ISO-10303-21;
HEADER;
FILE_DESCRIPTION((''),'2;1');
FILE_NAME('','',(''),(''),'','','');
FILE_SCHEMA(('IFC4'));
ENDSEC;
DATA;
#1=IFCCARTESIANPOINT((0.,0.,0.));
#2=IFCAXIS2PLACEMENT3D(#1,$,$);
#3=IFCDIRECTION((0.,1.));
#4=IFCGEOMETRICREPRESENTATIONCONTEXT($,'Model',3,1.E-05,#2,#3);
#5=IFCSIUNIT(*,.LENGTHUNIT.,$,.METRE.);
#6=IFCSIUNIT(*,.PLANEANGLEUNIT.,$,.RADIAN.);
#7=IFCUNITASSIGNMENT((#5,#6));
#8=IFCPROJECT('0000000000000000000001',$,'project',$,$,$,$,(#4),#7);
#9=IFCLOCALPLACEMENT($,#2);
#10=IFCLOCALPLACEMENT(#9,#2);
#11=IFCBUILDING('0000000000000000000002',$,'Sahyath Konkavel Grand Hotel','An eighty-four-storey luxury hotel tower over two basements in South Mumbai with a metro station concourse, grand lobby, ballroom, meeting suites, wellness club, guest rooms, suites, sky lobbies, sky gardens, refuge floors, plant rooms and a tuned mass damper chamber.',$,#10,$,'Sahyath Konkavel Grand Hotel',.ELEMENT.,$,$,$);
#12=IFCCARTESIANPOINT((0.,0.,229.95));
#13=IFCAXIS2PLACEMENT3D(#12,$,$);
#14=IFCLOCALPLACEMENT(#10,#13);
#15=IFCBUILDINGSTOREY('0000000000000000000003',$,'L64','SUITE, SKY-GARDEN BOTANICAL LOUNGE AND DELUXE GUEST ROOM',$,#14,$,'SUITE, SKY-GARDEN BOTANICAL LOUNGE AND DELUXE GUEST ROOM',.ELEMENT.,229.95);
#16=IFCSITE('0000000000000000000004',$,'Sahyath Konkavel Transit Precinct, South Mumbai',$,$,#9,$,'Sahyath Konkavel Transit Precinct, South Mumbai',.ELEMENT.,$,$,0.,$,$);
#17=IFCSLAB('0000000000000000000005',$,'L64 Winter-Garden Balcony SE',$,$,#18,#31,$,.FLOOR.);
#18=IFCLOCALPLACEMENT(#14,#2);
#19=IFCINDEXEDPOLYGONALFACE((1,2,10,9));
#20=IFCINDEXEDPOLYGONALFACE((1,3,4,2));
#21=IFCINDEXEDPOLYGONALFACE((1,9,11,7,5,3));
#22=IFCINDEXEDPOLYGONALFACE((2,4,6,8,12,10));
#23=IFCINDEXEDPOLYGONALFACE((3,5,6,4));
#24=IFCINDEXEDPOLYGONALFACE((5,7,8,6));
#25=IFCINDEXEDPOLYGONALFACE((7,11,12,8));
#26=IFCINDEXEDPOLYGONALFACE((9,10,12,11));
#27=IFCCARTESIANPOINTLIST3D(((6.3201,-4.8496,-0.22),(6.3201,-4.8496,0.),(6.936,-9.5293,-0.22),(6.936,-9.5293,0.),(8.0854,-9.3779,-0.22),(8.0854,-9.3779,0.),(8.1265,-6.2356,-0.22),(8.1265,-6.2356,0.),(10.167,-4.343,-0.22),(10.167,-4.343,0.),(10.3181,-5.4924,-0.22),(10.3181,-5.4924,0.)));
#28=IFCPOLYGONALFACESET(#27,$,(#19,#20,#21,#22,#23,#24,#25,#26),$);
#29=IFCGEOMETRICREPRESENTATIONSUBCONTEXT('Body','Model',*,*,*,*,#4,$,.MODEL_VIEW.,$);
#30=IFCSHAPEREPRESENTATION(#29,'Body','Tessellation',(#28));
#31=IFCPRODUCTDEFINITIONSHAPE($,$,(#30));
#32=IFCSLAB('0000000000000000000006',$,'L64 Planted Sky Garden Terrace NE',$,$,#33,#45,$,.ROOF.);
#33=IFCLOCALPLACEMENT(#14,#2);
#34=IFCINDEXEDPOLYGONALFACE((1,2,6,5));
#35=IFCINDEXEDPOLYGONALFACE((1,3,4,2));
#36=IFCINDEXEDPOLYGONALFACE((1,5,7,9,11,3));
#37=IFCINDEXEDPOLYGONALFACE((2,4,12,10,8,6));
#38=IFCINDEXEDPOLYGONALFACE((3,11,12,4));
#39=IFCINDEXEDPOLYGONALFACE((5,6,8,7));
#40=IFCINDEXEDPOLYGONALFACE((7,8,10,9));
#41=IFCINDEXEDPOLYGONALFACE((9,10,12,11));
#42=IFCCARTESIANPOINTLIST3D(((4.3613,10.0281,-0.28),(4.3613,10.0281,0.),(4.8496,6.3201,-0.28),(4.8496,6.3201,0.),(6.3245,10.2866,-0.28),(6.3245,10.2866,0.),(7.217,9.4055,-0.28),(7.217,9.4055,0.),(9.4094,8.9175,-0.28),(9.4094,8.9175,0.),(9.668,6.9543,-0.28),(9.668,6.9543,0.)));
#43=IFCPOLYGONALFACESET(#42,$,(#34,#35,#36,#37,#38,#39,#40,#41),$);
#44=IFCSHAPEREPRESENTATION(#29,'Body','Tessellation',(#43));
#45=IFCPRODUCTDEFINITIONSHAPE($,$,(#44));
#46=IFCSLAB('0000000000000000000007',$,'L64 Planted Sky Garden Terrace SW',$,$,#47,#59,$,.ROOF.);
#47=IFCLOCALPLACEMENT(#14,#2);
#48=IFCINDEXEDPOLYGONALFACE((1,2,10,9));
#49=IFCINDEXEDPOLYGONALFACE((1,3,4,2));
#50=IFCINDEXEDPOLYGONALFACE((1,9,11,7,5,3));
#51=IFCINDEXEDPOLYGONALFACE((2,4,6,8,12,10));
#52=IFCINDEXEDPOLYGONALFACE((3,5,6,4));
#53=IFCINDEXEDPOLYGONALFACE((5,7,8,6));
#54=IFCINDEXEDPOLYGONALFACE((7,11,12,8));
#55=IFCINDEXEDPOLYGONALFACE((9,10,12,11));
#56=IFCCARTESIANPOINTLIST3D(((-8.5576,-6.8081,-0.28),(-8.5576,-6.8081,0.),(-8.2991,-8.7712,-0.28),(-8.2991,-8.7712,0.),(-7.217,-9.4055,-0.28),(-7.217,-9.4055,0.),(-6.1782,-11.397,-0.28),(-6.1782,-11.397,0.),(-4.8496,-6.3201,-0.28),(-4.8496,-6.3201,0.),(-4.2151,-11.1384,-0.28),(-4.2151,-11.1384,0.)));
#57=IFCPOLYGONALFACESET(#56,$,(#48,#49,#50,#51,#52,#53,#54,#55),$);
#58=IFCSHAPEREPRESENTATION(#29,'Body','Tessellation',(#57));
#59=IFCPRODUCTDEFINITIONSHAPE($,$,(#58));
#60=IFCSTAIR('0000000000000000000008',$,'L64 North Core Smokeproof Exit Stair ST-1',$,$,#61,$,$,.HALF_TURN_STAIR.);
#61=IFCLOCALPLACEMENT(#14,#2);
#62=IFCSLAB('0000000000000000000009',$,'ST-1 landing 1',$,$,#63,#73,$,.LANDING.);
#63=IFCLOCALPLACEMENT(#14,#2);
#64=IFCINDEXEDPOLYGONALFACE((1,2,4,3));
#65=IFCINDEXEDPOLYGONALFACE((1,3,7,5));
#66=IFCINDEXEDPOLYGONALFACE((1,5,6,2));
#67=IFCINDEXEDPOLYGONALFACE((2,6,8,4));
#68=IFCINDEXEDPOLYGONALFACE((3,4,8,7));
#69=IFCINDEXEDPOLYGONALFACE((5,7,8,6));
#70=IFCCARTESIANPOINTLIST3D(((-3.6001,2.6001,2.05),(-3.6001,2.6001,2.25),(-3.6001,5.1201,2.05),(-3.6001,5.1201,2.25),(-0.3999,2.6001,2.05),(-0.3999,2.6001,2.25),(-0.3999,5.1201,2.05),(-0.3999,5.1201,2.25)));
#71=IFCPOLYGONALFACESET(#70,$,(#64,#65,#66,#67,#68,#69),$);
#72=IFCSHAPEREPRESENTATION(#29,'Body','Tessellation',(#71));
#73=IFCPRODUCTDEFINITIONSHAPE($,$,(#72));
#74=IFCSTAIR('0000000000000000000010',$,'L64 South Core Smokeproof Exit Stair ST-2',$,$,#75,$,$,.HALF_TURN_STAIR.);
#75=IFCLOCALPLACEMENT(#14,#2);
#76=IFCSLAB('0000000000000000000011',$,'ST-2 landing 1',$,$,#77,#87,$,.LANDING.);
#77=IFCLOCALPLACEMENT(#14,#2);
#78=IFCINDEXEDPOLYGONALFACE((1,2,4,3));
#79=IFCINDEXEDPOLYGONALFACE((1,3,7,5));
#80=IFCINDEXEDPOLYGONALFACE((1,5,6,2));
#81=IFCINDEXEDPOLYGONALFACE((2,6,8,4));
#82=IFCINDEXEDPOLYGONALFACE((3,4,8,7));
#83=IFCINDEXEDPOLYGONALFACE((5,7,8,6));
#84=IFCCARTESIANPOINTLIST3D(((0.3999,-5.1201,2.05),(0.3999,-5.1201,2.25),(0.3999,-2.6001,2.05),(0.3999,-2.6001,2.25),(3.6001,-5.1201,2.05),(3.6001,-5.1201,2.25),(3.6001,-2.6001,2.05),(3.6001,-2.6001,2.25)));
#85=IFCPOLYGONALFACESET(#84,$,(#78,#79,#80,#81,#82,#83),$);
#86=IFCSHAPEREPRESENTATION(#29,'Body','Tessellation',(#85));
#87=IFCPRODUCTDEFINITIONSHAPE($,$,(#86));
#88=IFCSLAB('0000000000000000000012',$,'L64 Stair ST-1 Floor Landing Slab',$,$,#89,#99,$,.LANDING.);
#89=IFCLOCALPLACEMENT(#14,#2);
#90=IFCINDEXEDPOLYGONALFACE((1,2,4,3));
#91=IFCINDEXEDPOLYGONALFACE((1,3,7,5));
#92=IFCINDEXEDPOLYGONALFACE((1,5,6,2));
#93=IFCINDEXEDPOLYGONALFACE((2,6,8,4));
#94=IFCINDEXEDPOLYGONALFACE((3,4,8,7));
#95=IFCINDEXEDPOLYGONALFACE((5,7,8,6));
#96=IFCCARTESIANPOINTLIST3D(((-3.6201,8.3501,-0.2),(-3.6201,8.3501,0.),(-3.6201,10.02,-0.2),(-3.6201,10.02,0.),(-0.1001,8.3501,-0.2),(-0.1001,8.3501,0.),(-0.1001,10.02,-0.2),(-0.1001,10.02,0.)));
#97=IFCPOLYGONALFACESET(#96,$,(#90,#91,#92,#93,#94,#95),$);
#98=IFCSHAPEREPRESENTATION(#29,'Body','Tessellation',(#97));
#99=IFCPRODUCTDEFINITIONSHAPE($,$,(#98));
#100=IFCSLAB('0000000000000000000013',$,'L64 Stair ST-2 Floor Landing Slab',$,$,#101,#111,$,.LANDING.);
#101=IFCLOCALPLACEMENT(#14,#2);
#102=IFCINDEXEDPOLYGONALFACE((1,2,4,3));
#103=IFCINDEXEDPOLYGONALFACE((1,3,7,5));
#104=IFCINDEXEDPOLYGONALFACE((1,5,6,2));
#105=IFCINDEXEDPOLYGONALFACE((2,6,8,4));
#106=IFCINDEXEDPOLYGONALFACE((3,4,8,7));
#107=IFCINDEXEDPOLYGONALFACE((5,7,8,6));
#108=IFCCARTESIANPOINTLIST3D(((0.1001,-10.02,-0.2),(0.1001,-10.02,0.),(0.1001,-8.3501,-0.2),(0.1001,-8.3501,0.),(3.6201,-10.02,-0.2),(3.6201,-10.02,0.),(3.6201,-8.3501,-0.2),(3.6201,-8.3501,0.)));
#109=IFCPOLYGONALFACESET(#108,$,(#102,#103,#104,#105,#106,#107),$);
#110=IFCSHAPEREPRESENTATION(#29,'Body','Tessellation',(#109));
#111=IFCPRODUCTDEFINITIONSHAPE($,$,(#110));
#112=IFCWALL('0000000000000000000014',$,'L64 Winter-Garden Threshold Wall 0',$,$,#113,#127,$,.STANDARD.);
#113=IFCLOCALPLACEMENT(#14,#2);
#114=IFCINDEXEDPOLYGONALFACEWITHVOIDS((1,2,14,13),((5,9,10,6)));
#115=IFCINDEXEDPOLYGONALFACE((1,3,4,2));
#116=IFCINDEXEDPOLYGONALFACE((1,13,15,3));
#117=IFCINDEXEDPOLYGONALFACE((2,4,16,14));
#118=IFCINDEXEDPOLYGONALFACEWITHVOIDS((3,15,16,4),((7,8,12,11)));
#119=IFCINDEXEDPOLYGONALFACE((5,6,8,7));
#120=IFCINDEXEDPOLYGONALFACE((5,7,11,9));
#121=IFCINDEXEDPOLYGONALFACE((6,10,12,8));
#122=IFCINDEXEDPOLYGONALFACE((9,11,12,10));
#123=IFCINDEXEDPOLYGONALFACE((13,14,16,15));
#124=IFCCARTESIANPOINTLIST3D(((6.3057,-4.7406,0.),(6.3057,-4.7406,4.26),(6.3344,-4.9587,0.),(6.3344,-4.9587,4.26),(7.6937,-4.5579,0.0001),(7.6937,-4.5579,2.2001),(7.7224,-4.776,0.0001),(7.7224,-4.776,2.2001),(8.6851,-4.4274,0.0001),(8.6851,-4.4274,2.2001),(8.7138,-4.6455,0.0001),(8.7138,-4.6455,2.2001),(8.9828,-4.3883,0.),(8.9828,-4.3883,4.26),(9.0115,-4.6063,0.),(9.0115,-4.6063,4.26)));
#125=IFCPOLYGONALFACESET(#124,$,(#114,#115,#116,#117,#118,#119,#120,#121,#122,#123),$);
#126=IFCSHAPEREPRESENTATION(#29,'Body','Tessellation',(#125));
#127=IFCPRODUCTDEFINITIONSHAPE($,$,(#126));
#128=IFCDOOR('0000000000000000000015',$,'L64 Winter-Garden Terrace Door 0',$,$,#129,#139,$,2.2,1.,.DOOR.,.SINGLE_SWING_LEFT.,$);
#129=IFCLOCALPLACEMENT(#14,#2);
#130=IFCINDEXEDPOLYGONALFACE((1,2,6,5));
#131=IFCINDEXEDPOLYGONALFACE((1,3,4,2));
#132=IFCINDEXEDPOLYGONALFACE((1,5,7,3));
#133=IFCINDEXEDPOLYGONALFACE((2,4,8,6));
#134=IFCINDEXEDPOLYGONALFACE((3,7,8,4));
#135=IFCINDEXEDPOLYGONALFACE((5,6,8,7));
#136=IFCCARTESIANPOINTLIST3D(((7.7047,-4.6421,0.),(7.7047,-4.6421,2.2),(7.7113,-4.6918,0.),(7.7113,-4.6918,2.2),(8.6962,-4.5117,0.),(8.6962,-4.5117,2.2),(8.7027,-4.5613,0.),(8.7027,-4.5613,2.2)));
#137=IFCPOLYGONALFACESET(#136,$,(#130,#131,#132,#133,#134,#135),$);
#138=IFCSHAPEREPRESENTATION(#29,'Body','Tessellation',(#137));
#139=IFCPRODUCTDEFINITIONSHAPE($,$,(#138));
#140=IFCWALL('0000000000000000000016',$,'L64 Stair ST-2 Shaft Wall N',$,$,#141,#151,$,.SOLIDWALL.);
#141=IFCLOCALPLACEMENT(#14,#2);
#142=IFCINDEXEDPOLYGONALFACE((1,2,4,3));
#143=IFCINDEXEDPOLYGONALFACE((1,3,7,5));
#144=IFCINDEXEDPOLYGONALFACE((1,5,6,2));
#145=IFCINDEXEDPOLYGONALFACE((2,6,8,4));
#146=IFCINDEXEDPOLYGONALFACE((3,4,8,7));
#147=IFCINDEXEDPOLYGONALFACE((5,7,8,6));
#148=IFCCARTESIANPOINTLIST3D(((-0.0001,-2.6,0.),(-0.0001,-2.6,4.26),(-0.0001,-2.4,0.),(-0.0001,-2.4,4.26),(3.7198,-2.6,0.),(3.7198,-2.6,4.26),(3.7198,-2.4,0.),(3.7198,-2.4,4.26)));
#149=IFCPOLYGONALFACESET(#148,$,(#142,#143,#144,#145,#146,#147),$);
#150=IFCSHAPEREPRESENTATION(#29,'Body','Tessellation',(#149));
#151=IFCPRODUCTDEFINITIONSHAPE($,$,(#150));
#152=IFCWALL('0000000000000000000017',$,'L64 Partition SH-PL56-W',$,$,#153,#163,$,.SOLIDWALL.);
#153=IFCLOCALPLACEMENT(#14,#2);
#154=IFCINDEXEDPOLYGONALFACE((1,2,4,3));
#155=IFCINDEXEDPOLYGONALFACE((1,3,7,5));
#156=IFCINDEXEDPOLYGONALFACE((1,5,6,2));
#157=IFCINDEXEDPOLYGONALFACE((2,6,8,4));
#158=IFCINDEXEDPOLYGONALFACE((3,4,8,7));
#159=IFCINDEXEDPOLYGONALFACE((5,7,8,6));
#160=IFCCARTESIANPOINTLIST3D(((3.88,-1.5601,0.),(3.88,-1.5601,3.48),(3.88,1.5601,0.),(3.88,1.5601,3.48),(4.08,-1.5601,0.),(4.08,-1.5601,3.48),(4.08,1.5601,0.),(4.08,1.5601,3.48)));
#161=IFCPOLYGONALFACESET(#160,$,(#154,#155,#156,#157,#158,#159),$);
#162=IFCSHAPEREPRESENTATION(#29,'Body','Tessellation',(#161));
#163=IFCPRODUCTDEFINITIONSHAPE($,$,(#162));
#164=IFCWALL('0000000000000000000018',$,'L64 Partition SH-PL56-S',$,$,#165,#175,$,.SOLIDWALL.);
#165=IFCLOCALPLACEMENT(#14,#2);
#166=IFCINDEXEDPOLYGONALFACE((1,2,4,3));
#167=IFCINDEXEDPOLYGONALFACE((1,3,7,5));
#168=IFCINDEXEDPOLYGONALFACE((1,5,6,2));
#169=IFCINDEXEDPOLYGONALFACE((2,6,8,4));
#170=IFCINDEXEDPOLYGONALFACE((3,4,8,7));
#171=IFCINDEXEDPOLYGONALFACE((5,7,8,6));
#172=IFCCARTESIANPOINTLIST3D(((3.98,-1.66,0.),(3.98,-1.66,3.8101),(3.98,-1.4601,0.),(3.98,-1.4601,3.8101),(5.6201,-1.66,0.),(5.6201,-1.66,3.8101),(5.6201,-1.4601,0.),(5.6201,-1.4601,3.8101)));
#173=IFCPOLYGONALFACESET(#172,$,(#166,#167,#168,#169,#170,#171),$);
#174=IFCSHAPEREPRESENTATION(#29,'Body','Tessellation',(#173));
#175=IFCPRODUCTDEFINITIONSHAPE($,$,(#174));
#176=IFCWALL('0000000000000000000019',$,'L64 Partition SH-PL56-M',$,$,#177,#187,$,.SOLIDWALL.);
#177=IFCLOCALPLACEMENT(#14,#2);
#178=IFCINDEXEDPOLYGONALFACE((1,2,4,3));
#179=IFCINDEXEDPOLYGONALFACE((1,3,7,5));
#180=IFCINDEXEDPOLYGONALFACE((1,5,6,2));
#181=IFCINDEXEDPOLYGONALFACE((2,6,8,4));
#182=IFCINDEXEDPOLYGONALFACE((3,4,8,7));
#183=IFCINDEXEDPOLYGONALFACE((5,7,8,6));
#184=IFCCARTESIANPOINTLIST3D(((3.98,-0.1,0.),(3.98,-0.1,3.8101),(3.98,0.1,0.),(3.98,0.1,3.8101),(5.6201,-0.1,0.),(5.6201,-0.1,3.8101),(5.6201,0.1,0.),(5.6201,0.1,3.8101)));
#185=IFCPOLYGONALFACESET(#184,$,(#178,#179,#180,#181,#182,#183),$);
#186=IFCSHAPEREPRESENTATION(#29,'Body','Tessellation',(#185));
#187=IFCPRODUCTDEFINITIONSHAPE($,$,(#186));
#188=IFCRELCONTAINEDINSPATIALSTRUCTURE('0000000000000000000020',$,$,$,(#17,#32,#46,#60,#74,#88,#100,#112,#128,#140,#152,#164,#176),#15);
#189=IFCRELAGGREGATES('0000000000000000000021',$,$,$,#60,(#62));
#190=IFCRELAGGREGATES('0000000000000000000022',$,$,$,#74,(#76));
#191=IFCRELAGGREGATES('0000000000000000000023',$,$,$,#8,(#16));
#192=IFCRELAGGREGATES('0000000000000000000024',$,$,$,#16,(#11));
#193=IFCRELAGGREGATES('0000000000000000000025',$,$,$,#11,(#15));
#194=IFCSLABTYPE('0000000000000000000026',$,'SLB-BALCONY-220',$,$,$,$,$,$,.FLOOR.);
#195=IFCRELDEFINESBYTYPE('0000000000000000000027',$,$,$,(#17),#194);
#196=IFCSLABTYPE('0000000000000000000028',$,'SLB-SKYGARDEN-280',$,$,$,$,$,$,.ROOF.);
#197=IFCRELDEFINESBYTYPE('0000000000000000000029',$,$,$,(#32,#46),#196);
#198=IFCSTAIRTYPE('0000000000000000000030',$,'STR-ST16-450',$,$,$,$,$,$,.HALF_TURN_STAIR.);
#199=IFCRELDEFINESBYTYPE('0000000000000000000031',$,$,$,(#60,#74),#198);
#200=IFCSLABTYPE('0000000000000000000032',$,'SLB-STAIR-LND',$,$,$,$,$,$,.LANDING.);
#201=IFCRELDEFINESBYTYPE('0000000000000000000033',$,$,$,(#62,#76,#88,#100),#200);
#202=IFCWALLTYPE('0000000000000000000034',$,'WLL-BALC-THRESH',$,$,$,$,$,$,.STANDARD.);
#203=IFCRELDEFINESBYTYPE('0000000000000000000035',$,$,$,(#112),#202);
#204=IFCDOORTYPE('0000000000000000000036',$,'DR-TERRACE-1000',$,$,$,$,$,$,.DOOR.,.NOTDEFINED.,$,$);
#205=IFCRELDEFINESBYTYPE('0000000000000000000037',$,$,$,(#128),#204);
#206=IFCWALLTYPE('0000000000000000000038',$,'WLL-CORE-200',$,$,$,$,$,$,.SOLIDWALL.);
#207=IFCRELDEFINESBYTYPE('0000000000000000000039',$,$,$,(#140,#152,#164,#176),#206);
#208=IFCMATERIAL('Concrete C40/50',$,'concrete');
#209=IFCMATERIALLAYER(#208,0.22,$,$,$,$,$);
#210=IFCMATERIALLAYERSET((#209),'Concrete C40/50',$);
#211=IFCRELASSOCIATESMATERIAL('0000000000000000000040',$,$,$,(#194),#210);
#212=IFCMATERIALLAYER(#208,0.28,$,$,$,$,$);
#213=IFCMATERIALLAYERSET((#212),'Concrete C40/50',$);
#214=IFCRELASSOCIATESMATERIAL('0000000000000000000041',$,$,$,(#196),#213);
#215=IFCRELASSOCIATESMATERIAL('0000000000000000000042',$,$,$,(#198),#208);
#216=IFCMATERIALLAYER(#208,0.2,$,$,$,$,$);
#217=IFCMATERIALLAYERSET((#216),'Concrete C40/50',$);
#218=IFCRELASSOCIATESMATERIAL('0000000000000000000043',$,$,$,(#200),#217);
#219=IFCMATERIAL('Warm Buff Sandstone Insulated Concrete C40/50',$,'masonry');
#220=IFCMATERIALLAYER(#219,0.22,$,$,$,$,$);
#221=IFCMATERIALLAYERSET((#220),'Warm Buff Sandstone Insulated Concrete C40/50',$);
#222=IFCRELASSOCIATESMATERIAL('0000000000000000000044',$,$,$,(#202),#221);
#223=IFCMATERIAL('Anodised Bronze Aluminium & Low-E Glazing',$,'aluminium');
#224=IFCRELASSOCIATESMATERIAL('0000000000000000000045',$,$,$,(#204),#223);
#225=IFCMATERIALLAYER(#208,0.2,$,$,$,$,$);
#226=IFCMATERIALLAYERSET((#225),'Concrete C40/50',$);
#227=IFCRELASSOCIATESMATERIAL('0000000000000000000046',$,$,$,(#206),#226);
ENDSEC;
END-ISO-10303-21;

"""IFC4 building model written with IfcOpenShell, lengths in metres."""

from ifc_helpers import new_model, si_unit, direction, frame, frame_2d, origin, origin_2d, place, context, subcontext, project, spatial, polyline, rectangle, outline, extrude, source, transform, mapped, material, layer, layer_set, type_object, element, fill, aggregate, save


model = new_model("IFC4")

# Units and contexts
model_context = context("Model", 3, precision=1e-05, world=origin(), true_north=direction((0.0, 1.0)))
body_context = subcontext(model_context, "Body", "Model", "MODEL_VIEW")
ifc_project = project(units=[si_unit("LENGTHUNIT", "METRE"), si_unit("PLANEANGLEUNIT", "RADIAN")], contexts=[model_context])

# Site, building, storey
site_placement = place(None, origin())
site = spatial("IfcSite", under=ifc_project, at=site_placement, Name="Sahyath Konkavel Transit Precinct, South Mumbai", LongName="Sahyath Konkavel Transit Precinct, South Mumbai", CompositionType="ELEMENT", RefElevation=0.0)
building_placement = place(site_placement, origin())
building = spatial("IfcBuilding", under=site, at=building_placement, Name="Sahyath Konkavel Grand Hotel", Description="An eighty-four-storey luxury hotel tower over two basements in South Mumbai with a metro station concourse, grand lobby, ballroom, meeting suites, wellness club, guest rooms, suites, sky lobbies, sky gardens, refuge floors, plant rooms and a tuned mass damper chamber.", LongName="Sahyath Konkavel Grand Hotel", CompositionType="ELEMENT")
storey_placement = place(building_placement, frame((0.0, 0.0, 229.95)))
storey = spatial("IfcBuildingStorey", under=building, at=storey_placement, Name="L64", Description="SUITE, SKY-GARDEN BOTANICAL LOUNGE AND DELUXE GUEST ROOM", LongName="SUITE, SKY-GARDEN BOTANICAL LOUNGE AND DELUXE GUEST ROOM", CompositionType="ELEMENT", Elevation=229.95)

# Shared definitions
ifc_material_1 = material(Name="Concrete C40/50", Category="concrete")

# Shared definitions
ifc_material_2 = material(Name="Anodised Bronze Aluminium & Low-E Glazing", Category="aluminium")

# Slabs
ifc_layer_1 = layer(ifc_material_1, 0.22)
ifc_layer_set_1 = layer_set([ifc_layer_1], Name="Concrete C40/50")
slab_type_1 = type_object("IfcSlabType", Name="SLB-BALCONY-220", PredefinedType="FLOOR", material=ifc_layer_set_1)
slab_1_placement = place(storey_placement, frame((0.0, 0.0, -0.22)))
element("IfcSlab", 1, at=slab_1_placement, inside=storey, type_object=slab_type_1, Name="L64 Winter-Garden Balcony SE", PredefinedType="FLOOR", context=body_context, shape_type="SweptSolid", body=[
    extrude(outline(polyline([(6.3201, -4.8496), (6.936, -9.5293), (8.0854, -9.3779), (8.1265, -6.2356), (10.3181, -5.4924), (10.167, -4.343), (6.3201, -4.8496)])), origin(), (0.0, 0.0, 1.0), 0.22),
])
ifc_layer_2 = layer(ifc_material_1, 0.28)
ifc_layer_set_2 = layer_set([ifc_layer_2], Name="Concrete C40/50")
slab_type_2 = type_object("IfcSlabType", Name="SLB-SKYGARDEN-280", PredefinedType="ROOF", material=ifc_layer_set_2)
slab_2_placement = place(storey_placement, frame((0.0, 0.0, -0.28)))
element("IfcSlab", 2, at=slab_2_placement, inside=storey, type_object=slab_type_2, Name="L64 Planted Sky Garden Terrace NE", PredefinedType="ROOF", context=body_context, shape_type="SweptSolid", body=[
    extrude(outline(polyline([(4.8496, 6.3201), (9.668, 6.9543), (9.4094, 8.9175), (7.217, 9.4055), (6.3245, 10.2866), (4.3613, 10.0281), (4.8496, 6.3201)])), origin(), (0.0, 0.0, 1.0), 0.28),
])
slab_3_placement = place(storey_placement, frame((0.0, 0.0, -0.28)))
element("IfcSlab", 3, at=slab_3_placement, inside=storey, type_object=slab_type_2, Name="L64 Planted Sky Garden Terrace SW", PredefinedType="ROOF", context=body_context, shape_type="SweptSolid", body=[
    extrude(outline(polyline([(-4.8496, -6.3201), (-8.5576, -6.8081), (-8.2991, -8.7712), (-7.217, -9.4055), (-6.1782, -11.397), (-4.2151, -11.1384), (-4.8496, -6.3201)])), origin(), (0.0, 0.0, 1.0), 0.28),
])

# Stairs, slabs
stair_type = type_object("IfcStairType", Name="STR-ST16-450", PredefinedType="HALF_TURN_STAIR", material=ifc_material_1)
stair_1_placement = place(storey_placement, origin())
stair_1 = element("IfcStair", 4, at=stair_1_placement, inside=storey, type_object=stair_type, Name="L64 North Core Smokeproof Exit Stair ST-1", PredefinedType="HALF_TURN_STAIR")
ifc_layer_3 = layer(ifc_material_1, 0.2)
ifc_layer_set_3 = layer_set([ifc_layer_3], Name="Concrete C40/50")
slab_type_3 = type_object("IfcSlabType", Name="SLB-STAIR-LND", PredefinedType="LANDING", material=ifc_layer_set_3)
slab_4_placement = place(storey_placement, frame((0.0, 0.0, 2.05)))
slab_4 = element("IfcSlab", 5, at=slab_4_placement, type_object=slab_type_3, Name="ST-1 landing 1", PredefinedType="LANDING", context=body_context, shape_type="SweptSolid", body=[
    extrude(outline(polyline([(-3.6001, 5.1201), (-3.6001, 2.6001), (-0.3999, 2.6001), (-0.3999, 5.1201), (-3.6001, 5.1201)])), origin(), (0.0, 0.0, 1.0), 0.2),
])
aggregate(stair_1, [slab_4])
stair_2_placement = place(storey_placement, origin())
stair_2 = element("IfcStair", 6, at=stair_2_placement, inside=storey, type_object=stair_type, Name="L64 South Core Smokeproof Exit Stair ST-2", PredefinedType="HALF_TURN_STAIR")
slab_5_placement = place(storey_placement, frame((0.0, 0.0, 2.05)))
slab_5 = element("IfcSlab", 7, at=slab_5_placement, type_object=slab_type_3, Name="ST-2 landing 1", PredefinedType="LANDING", context=body_context, shape_type="SweptSolid", body=[
    extrude(outline(polyline([(3.6001, -5.1201), (3.6001, -2.6001), (0.3999, -2.6001), (0.3999, -5.1201), (3.6001, -5.1201)])), origin(), (0.0, 0.0, 1.0), 0.2),
])

# Slabs
slab_6_placement = place(storey_placement, frame((0.0, 0.0, -0.2)))
element("IfcSlab", 8, at=slab_6_placement, inside=storey, type_object=slab_type_3, Name="L64 Stair ST-1 Floor Landing Slab", PredefinedType="LANDING", context=body_context, shape_type="SweptSolid", body=[
    extrude(outline(polyline([(-3.6201, 8.3501), (-0.1001, 8.3501), (-0.1001, 10.02), (-3.6201, 10.02), (-3.6201, 8.3501)])), origin(), (0.0, 0.0, 1.0), 0.2),
])
slab_7_placement = place(storey_placement, frame((0.0, 0.0, -0.2)))
element("IfcSlab", 9, at=slab_7_placement, inside=storey, type_object=slab_type_3, Name="L64 Stair ST-2 Floor Landing Slab", PredefinedType="LANDING", context=body_context, shape_type="SweptSolid", body=[
    extrude(outline(polyline([(0.1001, -10.02), (3.6201, -10.02), (3.6201, -8.3501), (0.1001, -8.3501), (0.1001, -10.02)])), origin(), (0.0, 0.0, 1.0), 0.2),
])

# Wall, opening, door
ifc_material_3 = material(Name="Warm Buff Sandstone Insulated Concrete C40/50", Category="masonry")
ifc_layer_4 = layer(ifc_material_3, 0.22)
ifc_layer_set_4 = layer_set([ifc_layer_4], Name="Warm Buff Sandstone Insulated Concrete C40/50")
wall_type_1 = type_object("IfcWallType", Name="WLL-BALC-THRESH", PredefinedType="STANDARD", material=ifc_layer_set_4)
wall_1_placement = place(storey_placement, frame((6.3201, -4.8496, 0.0), z_axis=(0.0, 0.0, 1.0), x_axis=(0.991452, 0.130476, 0.0)))
wall_1 = element("IfcWall", 10, at=wall_1_placement, inside=storey, type_object=wall_type_1, Name="L64 Winter-Garden Threshold Wall 0", PredefinedType="STANDARD", context=body_context, shape_type="SweptSolid", body=[
    extrude(rectangle(XDim=2.7002, YDim=0.22, at=frame_2d((1.3501, 0.0))), origin(), (0.0, 0.0, 1.0), 4.26),
])
opening_1_placement = place(wall_1_placement, frame((1.3999, 0.0, 0.0)))
opening_1 = element("IfcOpeningElement", 11, at=opening_1_placement, cuts=wall_1, PredefinedType="OPENING", context=body_context, shape_type="SweptSolid", body=[
    extrude(rectangle(XDim=1.0, YDim=2.2, at=frame_2d((0.5, 1.1001))), frame((0.0, 0.1201, 0.0), z_axis=(0.0, -1.0, 0.0), x_axis=(1.0, 0.0, 0.0)), (0.0, 0.0, 1.0), 0.24),
])
door_type_1 = type_object("IfcDoorType", Name="DR-TERRACE-1000", OperationType="NOTDEFINED", PredefinedType="DOOR", material=ifc_material_2)
shared_shape_1 = source(origin(), body_context, "Body", "SweptSolid", [
    extrude(rectangle(XDim=1.0, YDim=0.05, at=origin_2d()), origin(), (0.0, 0.0, 1.0), 2.2),
])
door_1_placement = place(opening_1_placement, frame((0.5, 0.0, 0.0)))
door_1 = element("IfcDoor", 12, at=door_1_placement, inside=storey, type_object=door_type_1, Name="L64 Winter-Garden Terrace Door 0", OperationType="SINGLE_SWING_LEFT", OverallHeight=2.2, OverallWidth=1.0, PredefinedType="DOOR", context=body_context, shape_type="MappedRepresentation", body=[
    mapped(shared_shape_1, transform((0.0, 0.0, 0.0), scale=1.0)),
])
fill(opening_1, door_1)

# Walls
ifc_layer_5 = layer(ifc_material_1, 0.2)
ifc_layer_set_5 = layer_set([ifc_layer_5], Name="Concrete C40/50")
wall_type_2 = type_object("IfcWallType", Name="WLL-CORE-200", PredefinedType="SOLIDWALL", material=ifc_layer_set_5)
wall_2_placement = place(storey_placement, frame((0.0, -2.5, 0.0), z_axis=(0.0, 0.0, 1.0), x_axis=(1.0, 0.0, 0.0)))
element("IfcWall", 13, at=wall_2_placement, inside=storey, type_object=wall_type_2, Name="L64 Stair ST-2 Shaft Wall N", PredefinedType="SOLIDWALL", context=body_context, shape_type="SweptSolid", body=[
    extrude(rectangle(XDim=3.72, YDim=0.2, at=frame_2d((1.8599, 0.0))), origin(), (0.0, 0.0, 1.0), 4.26),
])
wall_3_placement = place(storey_placement, frame((3.98, -1.5601, 0.0), z_axis=(0.0, 0.0, 1.0), x_axis=(0.0, 1.0, 0.0)))
element("IfcWall", 14, at=wall_3_placement, inside=storey, type_object=wall_type_2, Name="L64 Partition SH-PL56-W", PredefinedType="SOLIDWALL", context=body_context, shape_type="SweptSolid", body=[
    extrude(rectangle(XDim=3.1201, YDim=0.2, at=frame_2d((1.5601, 0.0))), origin(), (0.0, 0.0, 1.0), 3.48),
])
for number, where, z_axis, x_axis, name in (
    (15, (3.98, -1.5601, 0.0), (0.0, 0.0, 1.0), (1.0, 0.0, 0.0), "L64 Partition SH-PL56-S"),
    (16, (3.98, 0.0, 0.0), (0.0, 0.0, 1.0), (1.0, 0.0, 0.0), "L64 Partition SH-PL56-M"),
):
    element("IfcWall", number, at=place(storey_placement, frame(where, z_axis=z_axis, x_axis=x_axis)), inside=storey, type_object=wall_type_2, Name=name, PredefinedType="SOLIDWALL", context=body_context, shape_type="SweptSolid", body=[
        extrude(rectangle(XDim=1.6401, YDim=0.2, at=frame_2d((0.8201, 0.0))), origin(), (0.0, 0.0, 1.0), 3.8101),
    ])

aggregate(stair_2, [slab_5])

save(model, "model.ifc")
